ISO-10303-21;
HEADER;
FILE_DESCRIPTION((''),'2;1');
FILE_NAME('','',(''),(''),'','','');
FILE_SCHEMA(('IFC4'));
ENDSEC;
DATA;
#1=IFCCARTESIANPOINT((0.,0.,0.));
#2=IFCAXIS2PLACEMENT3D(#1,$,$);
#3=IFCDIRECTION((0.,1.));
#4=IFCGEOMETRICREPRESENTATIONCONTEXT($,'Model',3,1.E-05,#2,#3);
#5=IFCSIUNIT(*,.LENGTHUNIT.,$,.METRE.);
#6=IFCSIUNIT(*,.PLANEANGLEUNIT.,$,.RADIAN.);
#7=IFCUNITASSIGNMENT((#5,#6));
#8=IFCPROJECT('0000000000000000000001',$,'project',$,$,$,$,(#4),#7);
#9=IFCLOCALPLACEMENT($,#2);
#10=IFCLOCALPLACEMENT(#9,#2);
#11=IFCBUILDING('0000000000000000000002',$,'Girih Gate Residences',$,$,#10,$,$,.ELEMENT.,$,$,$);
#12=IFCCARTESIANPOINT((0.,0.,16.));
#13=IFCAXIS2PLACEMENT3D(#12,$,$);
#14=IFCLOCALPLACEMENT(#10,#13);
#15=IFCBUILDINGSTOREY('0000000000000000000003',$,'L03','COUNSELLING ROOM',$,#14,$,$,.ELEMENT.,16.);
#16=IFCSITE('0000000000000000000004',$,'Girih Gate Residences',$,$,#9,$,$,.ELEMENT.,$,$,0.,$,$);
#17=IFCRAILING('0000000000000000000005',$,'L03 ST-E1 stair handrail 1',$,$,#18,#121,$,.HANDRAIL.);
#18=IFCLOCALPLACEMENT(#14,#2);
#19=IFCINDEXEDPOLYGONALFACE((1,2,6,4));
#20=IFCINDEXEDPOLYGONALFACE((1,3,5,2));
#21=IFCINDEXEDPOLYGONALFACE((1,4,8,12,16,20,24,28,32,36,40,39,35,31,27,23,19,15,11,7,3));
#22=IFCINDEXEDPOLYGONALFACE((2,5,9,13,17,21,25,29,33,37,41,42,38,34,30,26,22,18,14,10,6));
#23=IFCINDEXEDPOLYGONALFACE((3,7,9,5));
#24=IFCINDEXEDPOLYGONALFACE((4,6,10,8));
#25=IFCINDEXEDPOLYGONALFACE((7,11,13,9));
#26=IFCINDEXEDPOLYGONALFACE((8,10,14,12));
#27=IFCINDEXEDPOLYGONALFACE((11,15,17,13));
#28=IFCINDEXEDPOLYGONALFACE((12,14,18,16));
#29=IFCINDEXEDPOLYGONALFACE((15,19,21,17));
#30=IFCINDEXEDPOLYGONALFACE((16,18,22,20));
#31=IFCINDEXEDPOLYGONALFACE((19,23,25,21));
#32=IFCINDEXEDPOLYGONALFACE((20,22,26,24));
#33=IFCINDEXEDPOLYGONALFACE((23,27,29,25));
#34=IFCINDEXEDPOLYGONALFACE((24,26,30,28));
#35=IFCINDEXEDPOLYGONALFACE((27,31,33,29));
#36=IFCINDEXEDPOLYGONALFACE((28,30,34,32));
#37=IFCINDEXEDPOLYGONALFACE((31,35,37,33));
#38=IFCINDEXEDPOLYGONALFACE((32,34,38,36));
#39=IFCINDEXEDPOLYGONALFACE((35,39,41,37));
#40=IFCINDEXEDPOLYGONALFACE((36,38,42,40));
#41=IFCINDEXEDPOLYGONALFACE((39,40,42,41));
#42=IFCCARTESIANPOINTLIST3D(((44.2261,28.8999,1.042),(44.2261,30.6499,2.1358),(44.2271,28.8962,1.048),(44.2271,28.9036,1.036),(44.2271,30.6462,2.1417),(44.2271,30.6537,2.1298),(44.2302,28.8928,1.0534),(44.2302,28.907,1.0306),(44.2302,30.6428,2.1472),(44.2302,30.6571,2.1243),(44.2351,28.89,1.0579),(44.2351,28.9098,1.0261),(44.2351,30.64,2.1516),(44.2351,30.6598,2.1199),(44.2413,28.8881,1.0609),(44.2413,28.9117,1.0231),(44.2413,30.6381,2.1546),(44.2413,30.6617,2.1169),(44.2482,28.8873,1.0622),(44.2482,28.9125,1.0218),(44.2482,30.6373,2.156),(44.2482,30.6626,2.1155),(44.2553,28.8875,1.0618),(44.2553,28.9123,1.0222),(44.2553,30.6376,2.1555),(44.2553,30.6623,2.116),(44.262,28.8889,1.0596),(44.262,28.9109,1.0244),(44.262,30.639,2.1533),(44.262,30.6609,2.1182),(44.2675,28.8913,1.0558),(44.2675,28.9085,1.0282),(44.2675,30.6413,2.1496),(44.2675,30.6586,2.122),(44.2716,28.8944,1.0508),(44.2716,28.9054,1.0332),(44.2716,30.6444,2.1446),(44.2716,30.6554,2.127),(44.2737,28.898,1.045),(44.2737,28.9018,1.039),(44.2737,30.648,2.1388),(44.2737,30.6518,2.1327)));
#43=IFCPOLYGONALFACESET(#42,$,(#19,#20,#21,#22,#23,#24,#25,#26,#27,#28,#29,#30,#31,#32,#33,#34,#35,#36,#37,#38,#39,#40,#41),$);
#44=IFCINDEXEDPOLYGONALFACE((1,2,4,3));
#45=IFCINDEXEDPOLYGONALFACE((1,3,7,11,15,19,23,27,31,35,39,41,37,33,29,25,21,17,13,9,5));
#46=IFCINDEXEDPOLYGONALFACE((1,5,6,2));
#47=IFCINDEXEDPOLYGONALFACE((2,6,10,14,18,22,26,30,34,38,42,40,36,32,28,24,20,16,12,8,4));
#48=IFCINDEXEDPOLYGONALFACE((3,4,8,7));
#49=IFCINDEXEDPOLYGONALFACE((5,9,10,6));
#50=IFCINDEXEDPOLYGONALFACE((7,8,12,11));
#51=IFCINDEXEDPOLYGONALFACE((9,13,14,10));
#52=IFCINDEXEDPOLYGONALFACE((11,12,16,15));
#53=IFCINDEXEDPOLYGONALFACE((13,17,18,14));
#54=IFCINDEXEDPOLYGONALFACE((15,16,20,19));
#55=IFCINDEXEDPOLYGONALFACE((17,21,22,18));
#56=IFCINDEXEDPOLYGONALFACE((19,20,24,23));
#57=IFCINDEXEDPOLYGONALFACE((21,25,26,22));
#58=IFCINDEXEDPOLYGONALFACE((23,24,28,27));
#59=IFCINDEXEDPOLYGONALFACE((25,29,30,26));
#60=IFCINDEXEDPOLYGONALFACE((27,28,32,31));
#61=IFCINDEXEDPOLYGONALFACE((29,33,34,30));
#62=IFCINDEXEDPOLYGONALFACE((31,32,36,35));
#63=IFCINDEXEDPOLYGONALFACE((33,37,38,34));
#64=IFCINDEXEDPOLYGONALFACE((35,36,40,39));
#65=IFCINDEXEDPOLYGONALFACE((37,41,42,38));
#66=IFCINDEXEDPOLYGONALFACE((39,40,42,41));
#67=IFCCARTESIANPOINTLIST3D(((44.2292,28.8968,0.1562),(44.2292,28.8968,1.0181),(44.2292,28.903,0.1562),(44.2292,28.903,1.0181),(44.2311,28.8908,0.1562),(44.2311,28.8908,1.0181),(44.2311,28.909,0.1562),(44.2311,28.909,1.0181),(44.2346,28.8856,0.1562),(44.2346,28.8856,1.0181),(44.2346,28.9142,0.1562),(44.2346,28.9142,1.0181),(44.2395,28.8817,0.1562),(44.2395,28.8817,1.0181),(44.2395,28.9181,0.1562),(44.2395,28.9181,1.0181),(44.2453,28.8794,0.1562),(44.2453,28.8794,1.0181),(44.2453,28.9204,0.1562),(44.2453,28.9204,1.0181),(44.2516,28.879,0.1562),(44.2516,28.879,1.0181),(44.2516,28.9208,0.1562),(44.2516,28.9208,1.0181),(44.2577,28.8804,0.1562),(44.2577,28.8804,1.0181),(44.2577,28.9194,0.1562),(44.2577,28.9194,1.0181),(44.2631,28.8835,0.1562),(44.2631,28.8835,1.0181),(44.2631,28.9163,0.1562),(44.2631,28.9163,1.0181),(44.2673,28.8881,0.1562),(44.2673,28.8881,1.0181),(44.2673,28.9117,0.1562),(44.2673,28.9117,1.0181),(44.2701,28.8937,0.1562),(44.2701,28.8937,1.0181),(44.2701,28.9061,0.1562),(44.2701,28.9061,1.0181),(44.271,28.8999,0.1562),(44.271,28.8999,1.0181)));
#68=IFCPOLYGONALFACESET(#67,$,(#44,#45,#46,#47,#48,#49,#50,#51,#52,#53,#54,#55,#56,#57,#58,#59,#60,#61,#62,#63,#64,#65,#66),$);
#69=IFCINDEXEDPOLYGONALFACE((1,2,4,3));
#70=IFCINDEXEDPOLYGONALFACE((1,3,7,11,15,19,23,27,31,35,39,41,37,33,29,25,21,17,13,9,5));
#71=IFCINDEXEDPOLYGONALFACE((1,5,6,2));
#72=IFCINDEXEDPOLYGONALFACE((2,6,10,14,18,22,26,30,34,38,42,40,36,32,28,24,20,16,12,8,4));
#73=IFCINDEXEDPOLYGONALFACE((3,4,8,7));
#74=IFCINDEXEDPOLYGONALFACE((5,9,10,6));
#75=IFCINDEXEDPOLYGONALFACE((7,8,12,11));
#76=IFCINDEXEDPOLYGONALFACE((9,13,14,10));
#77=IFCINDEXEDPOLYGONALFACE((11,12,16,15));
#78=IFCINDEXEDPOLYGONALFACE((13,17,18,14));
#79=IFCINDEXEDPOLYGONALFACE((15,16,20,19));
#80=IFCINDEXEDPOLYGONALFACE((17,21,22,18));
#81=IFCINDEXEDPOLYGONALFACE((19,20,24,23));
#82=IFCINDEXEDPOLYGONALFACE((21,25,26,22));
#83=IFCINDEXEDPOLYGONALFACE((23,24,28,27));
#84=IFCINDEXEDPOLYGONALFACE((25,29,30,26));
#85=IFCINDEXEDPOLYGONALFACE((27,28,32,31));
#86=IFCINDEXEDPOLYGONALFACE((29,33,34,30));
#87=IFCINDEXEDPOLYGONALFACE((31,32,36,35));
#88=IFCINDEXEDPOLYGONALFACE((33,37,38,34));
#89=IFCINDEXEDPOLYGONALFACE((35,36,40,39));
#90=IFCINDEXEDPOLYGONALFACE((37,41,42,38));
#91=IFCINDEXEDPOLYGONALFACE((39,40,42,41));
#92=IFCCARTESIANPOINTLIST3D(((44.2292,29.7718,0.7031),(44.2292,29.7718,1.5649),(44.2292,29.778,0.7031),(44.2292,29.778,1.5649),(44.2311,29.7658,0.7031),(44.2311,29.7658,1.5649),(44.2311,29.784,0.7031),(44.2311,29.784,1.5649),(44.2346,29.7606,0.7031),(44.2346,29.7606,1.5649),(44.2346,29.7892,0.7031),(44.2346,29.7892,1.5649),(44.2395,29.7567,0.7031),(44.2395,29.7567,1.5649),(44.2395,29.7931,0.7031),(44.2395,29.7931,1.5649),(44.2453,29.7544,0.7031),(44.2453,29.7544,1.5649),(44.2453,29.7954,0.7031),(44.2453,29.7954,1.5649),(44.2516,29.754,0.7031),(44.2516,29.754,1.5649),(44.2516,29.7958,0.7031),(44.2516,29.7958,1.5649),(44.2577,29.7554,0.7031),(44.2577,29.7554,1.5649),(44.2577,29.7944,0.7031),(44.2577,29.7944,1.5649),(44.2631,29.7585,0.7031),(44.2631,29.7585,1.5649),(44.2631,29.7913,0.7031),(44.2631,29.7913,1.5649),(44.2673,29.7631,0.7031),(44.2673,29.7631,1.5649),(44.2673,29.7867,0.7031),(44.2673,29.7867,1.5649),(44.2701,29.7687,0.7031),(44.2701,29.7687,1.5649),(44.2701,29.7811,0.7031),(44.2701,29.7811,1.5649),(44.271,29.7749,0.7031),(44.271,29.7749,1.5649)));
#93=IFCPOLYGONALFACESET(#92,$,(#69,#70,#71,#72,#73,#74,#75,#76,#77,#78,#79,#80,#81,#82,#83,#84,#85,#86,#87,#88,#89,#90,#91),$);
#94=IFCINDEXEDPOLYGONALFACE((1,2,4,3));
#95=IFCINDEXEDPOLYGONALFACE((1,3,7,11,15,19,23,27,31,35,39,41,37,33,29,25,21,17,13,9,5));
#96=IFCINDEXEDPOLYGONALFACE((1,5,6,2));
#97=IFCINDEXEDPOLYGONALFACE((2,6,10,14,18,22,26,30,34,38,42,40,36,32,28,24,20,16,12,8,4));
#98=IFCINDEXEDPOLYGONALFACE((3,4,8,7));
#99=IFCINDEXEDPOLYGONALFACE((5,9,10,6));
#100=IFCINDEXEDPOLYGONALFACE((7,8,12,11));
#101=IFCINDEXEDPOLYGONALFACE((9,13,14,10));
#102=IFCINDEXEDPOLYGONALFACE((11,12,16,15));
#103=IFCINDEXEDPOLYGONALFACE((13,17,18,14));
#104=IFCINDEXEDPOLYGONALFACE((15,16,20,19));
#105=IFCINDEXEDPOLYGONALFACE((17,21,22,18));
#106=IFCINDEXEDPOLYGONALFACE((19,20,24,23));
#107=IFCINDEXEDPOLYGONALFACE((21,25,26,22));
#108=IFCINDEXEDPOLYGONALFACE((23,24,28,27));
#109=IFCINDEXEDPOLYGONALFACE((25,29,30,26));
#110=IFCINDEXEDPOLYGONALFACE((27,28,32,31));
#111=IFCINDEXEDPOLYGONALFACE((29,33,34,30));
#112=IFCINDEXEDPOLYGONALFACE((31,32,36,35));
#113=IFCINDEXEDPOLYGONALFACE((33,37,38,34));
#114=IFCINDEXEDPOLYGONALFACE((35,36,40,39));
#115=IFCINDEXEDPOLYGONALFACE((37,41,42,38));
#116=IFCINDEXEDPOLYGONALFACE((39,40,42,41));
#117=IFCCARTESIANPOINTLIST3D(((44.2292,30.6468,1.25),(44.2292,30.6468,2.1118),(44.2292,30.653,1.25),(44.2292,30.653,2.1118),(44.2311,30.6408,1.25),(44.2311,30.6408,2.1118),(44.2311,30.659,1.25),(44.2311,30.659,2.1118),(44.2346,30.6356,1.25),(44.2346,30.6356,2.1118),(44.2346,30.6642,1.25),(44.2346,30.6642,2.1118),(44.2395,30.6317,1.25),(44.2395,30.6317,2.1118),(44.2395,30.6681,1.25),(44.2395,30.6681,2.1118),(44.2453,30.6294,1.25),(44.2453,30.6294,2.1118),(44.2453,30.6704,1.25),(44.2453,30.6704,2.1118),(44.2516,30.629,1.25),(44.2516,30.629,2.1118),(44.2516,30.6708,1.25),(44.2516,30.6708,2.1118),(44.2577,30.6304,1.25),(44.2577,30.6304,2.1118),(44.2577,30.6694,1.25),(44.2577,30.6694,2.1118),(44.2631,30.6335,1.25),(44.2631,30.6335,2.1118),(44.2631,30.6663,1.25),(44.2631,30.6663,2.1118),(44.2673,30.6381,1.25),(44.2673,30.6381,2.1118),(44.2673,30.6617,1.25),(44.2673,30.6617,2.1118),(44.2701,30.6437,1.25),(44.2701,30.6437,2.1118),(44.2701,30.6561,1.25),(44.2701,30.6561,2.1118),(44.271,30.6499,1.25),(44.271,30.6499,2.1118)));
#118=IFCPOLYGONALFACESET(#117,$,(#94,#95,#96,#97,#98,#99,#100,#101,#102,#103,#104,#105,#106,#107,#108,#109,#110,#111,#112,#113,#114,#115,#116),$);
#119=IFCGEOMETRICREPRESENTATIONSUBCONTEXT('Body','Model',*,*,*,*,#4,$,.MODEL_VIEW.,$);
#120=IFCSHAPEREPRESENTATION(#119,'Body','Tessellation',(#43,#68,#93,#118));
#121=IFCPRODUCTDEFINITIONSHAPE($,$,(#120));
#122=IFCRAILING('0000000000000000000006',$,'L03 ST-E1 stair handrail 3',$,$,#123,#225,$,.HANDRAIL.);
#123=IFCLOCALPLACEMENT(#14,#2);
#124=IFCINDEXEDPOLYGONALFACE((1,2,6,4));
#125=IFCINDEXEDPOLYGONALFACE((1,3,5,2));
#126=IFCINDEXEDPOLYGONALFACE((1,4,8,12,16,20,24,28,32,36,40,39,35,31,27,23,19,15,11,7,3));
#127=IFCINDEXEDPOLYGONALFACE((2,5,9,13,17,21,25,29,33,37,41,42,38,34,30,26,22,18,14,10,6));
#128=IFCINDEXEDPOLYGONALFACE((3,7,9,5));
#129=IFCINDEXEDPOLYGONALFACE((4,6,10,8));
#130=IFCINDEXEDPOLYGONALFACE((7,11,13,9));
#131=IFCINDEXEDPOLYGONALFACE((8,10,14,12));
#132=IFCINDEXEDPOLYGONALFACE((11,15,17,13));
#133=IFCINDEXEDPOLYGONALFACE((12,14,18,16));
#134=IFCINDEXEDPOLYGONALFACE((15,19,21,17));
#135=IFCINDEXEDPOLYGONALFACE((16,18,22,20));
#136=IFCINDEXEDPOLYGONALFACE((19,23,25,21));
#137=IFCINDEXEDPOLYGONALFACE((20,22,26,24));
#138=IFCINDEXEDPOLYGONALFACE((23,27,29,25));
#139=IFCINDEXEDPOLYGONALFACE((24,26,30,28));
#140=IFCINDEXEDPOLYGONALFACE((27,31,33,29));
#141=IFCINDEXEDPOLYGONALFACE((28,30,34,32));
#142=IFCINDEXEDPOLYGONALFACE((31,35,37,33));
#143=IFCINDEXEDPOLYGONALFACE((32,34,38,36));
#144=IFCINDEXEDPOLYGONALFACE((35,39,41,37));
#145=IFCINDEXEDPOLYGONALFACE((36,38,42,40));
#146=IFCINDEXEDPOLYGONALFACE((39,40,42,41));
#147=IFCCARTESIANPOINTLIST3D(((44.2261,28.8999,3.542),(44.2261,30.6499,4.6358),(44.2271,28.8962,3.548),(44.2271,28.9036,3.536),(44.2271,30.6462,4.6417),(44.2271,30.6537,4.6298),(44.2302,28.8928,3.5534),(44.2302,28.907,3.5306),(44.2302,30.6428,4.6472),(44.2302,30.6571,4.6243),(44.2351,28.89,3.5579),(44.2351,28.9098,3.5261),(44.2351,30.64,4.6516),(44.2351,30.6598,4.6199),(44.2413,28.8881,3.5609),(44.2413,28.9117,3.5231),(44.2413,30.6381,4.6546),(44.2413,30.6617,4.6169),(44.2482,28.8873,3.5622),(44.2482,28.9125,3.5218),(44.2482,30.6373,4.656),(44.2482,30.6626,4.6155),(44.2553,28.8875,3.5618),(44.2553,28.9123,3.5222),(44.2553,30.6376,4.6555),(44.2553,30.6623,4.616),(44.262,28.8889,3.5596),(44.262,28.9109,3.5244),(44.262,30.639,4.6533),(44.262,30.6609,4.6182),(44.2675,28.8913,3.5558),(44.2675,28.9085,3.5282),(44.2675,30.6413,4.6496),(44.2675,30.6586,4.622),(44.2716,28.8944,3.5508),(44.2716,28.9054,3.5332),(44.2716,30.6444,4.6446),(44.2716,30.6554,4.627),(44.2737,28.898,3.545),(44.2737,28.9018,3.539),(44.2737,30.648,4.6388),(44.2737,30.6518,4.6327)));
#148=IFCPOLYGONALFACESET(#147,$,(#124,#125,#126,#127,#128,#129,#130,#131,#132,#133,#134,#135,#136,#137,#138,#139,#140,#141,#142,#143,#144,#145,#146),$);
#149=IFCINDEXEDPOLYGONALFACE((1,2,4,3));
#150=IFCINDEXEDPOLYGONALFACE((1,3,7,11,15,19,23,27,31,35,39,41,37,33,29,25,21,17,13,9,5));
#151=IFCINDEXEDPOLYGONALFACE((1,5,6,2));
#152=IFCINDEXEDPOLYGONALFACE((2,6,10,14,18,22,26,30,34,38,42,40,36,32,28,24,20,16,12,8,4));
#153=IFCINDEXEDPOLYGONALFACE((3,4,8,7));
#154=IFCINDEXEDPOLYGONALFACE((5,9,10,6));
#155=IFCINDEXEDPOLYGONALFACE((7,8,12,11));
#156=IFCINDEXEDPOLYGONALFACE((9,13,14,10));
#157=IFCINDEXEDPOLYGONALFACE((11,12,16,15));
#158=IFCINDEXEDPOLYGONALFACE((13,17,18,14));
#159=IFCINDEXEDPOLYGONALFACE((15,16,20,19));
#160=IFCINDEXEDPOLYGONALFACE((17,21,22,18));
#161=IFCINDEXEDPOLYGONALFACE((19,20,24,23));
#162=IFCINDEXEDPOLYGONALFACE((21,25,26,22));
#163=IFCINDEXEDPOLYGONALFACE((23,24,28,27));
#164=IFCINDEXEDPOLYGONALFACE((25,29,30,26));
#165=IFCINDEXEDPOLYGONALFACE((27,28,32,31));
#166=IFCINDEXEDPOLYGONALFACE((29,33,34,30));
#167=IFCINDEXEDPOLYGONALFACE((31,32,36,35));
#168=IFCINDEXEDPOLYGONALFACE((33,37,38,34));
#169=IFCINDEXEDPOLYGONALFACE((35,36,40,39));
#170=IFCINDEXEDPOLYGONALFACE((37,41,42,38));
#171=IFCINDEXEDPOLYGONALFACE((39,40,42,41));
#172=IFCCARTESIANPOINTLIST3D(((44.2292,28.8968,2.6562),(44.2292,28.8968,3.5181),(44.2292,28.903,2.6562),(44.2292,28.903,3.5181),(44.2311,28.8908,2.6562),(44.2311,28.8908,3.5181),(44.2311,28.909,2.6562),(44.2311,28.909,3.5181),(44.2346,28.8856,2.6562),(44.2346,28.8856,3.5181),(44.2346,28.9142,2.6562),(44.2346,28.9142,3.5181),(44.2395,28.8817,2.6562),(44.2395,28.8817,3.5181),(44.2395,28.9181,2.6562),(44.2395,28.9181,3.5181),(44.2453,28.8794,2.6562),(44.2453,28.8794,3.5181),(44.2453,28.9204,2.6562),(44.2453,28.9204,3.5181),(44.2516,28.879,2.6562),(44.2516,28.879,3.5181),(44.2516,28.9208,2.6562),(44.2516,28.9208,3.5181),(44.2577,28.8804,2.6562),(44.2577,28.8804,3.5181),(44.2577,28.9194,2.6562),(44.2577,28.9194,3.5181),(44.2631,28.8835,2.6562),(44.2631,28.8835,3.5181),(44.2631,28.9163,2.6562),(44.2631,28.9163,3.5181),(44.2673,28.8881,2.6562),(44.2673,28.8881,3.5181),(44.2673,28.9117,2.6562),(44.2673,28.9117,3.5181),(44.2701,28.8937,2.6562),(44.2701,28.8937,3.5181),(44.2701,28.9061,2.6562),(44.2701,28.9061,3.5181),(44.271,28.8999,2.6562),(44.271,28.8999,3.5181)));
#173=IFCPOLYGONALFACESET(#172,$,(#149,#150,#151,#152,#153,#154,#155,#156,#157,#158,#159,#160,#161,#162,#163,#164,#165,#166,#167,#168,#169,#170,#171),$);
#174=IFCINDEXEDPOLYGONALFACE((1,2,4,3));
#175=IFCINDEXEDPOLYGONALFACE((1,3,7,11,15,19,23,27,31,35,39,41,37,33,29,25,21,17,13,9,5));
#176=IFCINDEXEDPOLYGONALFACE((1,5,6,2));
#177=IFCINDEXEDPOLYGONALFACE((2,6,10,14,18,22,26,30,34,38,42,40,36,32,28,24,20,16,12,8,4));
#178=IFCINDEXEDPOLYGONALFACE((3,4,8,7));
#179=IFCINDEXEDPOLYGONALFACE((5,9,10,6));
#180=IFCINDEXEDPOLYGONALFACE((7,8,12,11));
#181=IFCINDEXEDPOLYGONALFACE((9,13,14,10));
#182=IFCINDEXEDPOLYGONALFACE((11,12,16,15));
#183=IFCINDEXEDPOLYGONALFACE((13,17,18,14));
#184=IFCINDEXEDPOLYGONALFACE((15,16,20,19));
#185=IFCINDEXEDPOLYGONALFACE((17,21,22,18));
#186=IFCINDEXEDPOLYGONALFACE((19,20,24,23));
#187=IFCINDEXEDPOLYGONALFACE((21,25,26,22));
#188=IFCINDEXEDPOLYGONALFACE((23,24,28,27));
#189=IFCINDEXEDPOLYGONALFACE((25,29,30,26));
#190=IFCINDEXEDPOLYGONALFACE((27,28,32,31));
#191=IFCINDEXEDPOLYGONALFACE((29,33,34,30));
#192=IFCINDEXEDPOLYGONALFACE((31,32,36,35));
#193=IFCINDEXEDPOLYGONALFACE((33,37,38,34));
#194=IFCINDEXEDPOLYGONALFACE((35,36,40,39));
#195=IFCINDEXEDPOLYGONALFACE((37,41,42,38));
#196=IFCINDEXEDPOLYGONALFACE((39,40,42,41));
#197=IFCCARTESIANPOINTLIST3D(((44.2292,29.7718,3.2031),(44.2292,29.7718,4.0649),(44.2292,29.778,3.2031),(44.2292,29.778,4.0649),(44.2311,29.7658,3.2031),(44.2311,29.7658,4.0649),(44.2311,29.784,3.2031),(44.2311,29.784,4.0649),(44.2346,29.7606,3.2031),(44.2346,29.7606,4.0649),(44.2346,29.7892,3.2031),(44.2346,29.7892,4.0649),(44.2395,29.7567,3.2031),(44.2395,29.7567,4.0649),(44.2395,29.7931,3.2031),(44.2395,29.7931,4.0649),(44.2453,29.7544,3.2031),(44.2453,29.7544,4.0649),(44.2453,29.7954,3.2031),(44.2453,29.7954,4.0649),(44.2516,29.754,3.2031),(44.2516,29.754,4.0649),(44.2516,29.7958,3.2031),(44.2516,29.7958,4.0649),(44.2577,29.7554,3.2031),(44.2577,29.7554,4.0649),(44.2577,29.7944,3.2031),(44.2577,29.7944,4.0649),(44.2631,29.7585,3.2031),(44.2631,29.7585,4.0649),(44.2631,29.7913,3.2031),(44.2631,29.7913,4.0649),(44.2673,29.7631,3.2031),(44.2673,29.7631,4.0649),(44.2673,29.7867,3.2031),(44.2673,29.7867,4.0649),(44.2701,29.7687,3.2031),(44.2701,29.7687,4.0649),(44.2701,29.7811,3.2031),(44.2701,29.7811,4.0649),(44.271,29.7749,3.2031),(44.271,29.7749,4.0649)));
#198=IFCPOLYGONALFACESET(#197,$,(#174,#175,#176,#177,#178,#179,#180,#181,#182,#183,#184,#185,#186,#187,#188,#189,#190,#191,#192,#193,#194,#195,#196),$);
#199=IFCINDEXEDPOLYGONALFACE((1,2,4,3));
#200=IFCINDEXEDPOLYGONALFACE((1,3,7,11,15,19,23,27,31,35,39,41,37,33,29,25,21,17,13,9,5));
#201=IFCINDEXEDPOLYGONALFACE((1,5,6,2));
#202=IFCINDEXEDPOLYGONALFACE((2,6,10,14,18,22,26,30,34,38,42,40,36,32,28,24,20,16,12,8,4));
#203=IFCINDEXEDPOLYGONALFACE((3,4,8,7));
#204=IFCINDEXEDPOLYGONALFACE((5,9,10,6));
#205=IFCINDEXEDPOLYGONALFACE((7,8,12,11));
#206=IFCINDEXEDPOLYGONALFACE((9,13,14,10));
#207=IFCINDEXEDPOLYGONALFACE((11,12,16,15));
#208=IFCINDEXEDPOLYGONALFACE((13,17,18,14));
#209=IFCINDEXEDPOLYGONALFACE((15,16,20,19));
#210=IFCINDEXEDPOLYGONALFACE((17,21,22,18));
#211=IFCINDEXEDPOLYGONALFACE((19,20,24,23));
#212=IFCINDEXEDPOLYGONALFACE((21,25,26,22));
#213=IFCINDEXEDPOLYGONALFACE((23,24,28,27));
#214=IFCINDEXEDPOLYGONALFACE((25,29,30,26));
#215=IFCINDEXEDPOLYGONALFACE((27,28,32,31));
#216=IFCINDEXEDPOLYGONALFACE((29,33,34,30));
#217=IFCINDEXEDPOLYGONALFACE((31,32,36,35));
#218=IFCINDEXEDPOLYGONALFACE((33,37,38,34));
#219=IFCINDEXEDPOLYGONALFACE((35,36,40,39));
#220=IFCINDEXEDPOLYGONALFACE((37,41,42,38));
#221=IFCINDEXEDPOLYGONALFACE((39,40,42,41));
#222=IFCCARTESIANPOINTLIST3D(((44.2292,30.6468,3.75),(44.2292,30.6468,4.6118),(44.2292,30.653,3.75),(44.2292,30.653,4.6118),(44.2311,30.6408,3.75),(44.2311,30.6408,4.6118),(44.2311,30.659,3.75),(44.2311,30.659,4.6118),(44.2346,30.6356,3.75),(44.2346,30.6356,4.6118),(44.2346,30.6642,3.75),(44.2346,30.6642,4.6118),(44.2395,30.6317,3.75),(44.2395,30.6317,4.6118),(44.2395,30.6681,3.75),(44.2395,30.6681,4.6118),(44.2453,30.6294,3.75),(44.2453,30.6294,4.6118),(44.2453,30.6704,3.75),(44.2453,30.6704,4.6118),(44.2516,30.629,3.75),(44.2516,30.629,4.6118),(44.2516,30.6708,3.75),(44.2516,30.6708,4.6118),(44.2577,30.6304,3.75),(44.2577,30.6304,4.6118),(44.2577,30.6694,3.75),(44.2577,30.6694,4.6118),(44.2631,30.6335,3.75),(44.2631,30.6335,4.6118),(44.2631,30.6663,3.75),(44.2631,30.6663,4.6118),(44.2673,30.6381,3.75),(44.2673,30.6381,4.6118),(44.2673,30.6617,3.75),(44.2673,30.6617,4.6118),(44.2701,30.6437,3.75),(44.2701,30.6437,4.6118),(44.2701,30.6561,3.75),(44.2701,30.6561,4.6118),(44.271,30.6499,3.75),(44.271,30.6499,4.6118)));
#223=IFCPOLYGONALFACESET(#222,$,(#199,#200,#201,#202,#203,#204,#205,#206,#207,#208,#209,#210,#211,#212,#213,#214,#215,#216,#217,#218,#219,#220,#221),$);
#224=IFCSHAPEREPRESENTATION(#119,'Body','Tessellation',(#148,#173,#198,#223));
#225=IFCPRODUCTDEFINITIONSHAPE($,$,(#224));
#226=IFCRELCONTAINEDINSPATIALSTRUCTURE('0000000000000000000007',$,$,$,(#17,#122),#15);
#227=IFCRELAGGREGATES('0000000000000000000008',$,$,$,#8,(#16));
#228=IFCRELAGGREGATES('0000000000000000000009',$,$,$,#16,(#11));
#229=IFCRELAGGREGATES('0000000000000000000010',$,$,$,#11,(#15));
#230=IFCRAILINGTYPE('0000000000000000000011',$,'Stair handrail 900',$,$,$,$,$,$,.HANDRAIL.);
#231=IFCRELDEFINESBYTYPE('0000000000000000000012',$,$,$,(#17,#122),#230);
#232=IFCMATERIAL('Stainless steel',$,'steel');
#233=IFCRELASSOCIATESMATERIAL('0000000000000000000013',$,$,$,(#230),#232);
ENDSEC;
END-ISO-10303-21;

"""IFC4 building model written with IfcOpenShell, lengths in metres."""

from ifc_helpers import new_model, si_unit, direction, frame, origin, origin_2d, place, context, subcontext, project, spatial, circle, extrude, material, type_object, element, save


model = new_model("IFC4")

# Units and contexts
model_context = context("Model", 3, precision=1e-05, world=origin(), true_north=direction((0.0, 1.0)))
body_context = subcontext(model_context, "Body", "Model", "MODEL_VIEW")
ifc_project = project(units=[si_unit("LENGTHUNIT", "METRE"), si_unit("PLANEANGLEUNIT", "RADIAN")], contexts=[model_context])

# Site, building, storey
site_placement = place(None, origin())
site = spatial("IfcSite", under=ifc_project, at=site_placement, Name="Girih Gate Residences", CompositionType="ELEMENT", RefElevation=0.0)
building_placement = place(site_placement, origin())
building = spatial("IfcBuilding", under=site, at=building_placement, Name="Girih Gate Residences", CompositionType="ELEMENT")
storey_placement = place(building_placement, frame((0.0, 0.0, 16.0)))
storey = spatial("IfcBuildingStorey", under=building, at=storey_placement, Name="L03", Description="COUNSELLING ROOM", CompositionType="ELEMENT", Elevation=16.0)

# Railings
ifc_material_1 = material(Name="Stainless steel", Category="steel")
railing_type_1 = type_object("IfcRailingType", Name="Stair handrail 900", PredefinedType="HANDRAIL", material=ifc_material_1)
for number, where, name in (
    (1, (44.25, 28.8999, 0.1562), "L03 ST-E1 stair handrail 1"),
    (2, (44.25, 28.8999, 2.6562), "L03 ST-E1 stair handrail 3"),
):
    element("IfcRailing", number, at=place(storey_placement, frame(where)), inside=storey, type_object=railing_type_1, Name=name, PredefinedType="HANDRAIL", context=body_context, shape_type="SweptSolid", body=[
        extrude(circle(Radius=0.0239, at=origin_2d()), frame((0.0, 0.0, 0.8857), z_axis=(0.0, 0.847998, 0.529999), x_axis=(-1.0, 0.0, 0.0)), (0.0, 0.0, 1.0), 2.0637),
        extrude(circle(Radius=0.021, at=origin_2d()), origin(), (0.0, 0.0, 1.0), 0.8618),
        extrude(circle(Radius=0.021, at=origin_2d()), frame((0.0, 0.875, 0.5469)), (0.0, 0.0, 1.0), 0.8618),
        extrude(circle(Radius=0.021, at=origin_2d()), frame((0.0, 1.75, 1.0938)), (0.0, 0.0, 1.0), 0.8618),
    ])

save(model, "model.ifc")
